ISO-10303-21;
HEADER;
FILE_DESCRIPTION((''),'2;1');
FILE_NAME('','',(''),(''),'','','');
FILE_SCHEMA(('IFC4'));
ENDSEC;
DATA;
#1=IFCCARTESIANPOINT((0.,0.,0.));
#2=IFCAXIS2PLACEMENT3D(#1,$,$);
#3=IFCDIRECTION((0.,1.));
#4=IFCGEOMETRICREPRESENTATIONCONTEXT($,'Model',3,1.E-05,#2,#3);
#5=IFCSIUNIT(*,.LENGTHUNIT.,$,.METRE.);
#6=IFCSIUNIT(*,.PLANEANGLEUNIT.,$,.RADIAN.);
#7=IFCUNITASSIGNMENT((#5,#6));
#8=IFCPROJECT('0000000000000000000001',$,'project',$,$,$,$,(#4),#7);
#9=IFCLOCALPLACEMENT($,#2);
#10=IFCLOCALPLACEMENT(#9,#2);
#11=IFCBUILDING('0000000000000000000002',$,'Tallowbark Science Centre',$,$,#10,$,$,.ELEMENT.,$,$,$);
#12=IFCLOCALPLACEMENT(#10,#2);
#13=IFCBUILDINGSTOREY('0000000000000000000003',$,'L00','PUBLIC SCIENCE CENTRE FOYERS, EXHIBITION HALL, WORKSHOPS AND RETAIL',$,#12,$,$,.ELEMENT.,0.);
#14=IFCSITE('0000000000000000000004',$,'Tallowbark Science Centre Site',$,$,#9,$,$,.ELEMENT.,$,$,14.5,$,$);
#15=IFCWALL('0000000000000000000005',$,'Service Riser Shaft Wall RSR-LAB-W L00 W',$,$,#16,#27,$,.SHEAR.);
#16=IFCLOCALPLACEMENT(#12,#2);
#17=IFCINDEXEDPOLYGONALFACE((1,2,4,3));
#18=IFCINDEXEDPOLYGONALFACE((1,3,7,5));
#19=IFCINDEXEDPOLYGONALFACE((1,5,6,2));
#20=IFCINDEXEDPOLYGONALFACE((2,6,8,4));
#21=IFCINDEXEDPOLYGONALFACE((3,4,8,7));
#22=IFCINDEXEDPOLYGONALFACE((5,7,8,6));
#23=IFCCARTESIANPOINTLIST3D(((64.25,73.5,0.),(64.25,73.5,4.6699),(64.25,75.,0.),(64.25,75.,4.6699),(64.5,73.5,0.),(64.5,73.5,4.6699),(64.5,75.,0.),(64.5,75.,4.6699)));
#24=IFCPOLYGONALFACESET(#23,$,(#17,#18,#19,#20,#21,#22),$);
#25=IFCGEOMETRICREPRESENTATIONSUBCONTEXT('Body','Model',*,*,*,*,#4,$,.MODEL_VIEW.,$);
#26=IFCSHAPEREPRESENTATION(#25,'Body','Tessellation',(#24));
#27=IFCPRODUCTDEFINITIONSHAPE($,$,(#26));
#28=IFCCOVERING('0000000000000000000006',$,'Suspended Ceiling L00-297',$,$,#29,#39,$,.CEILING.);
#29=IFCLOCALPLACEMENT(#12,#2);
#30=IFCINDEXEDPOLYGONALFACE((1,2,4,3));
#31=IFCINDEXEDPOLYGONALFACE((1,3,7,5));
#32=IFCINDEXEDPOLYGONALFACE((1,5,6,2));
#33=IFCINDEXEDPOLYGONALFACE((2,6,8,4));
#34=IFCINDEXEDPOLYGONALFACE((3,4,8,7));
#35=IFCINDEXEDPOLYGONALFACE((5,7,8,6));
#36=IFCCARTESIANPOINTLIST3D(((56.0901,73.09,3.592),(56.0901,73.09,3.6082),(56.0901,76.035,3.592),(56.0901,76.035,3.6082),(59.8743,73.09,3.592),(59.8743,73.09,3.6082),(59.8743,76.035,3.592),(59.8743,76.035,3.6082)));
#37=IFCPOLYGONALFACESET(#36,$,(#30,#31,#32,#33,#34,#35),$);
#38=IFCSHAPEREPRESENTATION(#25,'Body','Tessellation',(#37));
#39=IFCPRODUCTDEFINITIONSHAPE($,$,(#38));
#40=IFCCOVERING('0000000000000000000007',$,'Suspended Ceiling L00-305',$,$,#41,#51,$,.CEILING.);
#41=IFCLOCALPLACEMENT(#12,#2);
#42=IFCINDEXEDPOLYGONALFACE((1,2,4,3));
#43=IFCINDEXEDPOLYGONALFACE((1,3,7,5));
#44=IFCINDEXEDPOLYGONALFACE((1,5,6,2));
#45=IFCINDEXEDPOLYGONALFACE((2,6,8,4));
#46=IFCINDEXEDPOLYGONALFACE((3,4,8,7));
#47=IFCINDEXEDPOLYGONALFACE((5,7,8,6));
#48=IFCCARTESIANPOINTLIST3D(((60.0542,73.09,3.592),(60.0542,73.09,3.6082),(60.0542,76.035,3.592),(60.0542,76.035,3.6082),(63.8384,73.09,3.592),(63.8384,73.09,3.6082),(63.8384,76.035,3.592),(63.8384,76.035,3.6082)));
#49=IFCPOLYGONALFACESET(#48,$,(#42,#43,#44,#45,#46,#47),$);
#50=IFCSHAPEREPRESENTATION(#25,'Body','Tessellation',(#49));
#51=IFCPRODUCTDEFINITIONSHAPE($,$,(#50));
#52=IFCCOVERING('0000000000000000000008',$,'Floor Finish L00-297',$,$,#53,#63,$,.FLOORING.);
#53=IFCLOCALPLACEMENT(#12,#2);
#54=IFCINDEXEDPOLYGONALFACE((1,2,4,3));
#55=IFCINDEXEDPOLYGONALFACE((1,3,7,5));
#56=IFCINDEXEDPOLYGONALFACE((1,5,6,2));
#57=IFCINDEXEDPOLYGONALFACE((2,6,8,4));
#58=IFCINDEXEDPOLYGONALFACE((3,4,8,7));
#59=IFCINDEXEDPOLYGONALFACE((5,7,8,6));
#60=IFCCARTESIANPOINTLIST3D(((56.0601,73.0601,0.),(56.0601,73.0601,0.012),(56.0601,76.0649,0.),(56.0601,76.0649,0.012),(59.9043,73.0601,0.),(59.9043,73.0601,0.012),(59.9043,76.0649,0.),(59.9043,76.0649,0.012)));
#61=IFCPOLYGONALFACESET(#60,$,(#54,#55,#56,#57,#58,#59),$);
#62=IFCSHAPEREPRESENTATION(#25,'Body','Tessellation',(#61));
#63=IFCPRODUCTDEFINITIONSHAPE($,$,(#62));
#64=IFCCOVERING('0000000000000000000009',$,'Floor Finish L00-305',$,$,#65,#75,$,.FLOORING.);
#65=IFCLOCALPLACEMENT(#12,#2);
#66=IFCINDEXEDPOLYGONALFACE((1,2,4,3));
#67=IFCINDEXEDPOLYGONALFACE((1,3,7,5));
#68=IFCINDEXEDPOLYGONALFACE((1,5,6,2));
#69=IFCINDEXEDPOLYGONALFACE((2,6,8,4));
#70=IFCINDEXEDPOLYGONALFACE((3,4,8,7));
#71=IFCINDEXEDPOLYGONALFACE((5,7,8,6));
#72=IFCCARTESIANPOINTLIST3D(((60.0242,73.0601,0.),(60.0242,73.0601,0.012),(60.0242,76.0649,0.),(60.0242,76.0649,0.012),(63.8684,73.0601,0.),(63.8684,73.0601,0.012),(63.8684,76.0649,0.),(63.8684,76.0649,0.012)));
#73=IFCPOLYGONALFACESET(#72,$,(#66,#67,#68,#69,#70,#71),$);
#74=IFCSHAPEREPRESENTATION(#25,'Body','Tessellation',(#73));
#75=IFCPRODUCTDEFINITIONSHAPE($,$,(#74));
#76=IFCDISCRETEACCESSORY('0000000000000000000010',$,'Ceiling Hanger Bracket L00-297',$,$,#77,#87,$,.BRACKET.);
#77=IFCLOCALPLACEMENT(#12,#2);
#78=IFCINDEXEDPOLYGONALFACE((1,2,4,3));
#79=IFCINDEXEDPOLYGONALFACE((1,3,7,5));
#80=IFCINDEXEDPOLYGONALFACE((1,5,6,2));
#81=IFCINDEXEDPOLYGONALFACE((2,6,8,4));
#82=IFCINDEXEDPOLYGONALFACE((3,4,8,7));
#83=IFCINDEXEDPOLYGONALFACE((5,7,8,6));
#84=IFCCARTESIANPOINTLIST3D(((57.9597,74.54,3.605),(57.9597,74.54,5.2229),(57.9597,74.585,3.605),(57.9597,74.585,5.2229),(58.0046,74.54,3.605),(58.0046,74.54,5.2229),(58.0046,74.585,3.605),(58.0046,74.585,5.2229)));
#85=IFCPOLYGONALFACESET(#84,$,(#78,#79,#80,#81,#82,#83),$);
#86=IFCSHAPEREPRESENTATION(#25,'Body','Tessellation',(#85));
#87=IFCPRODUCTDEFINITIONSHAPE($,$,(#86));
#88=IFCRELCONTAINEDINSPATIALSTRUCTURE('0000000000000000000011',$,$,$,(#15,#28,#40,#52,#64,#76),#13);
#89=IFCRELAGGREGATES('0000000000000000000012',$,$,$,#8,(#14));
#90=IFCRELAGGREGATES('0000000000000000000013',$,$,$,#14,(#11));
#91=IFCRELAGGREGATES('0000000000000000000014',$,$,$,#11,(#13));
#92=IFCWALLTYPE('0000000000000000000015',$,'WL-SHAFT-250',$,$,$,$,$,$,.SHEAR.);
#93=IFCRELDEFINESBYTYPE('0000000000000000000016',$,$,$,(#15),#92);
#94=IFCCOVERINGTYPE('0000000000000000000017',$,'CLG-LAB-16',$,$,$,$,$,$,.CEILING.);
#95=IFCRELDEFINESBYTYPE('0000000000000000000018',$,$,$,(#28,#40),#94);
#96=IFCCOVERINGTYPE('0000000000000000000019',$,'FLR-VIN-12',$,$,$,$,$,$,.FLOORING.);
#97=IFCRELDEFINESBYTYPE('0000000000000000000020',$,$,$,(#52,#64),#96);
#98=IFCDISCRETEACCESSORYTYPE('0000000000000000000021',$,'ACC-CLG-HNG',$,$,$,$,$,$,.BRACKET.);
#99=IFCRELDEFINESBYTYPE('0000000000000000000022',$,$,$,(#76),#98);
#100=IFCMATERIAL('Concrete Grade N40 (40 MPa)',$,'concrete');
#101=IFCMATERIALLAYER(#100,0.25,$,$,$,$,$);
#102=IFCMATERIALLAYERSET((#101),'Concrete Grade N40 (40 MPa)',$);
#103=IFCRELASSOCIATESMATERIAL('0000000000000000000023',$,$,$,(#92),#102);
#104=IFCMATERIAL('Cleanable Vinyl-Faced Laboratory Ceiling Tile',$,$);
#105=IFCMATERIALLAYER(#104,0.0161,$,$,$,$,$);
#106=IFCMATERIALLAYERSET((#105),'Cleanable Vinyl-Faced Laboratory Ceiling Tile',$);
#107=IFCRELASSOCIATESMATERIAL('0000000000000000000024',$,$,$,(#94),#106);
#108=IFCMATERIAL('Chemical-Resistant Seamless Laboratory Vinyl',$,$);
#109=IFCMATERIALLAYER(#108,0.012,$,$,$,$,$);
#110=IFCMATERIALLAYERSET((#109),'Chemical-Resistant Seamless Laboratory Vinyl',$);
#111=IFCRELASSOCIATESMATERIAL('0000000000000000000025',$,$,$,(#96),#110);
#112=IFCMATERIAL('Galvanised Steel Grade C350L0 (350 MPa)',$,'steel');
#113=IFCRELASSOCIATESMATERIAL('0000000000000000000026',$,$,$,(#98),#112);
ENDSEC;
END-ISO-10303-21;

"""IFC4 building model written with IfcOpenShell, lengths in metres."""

from ifc_helpers import new_model, si_unit, direction, frame, frame_2d, origin, origin_2d, place, context, subcontext, project, spatial, rectangle, extrude, material, layer, layer_set, type_object, element, save


model = new_model("IFC4")

# Units and contexts
model_context = context("Model", 3, precision=1e-05, world=origin(), true_north=direction((0.0, 1.0)))
body_context = subcontext(model_context, "Body", "Model", "MODEL_VIEW")
ifc_project = project(units=[si_unit("LENGTHUNIT", "METRE"), si_unit("PLANEANGLEUNIT", "RADIAN")], contexts=[model_context])

# Site, building, storey
site_placement = place(None, origin())
site = spatial("IfcSite", under=ifc_project, at=site_placement, Name="Tallowbark Science Centre Site", CompositionType="ELEMENT", RefElevation=14.5)
building_placement = place(site_placement, origin())
building = spatial("IfcBuilding", under=site, at=building_placement, Name="Tallowbark Science Centre", CompositionType="ELEMENT")
storey_placement = place(building_placement, origin())
storey = spatial("IfcBuildingStorey", under=building, at=storey_placement, Name="L00", Description="PUBLIC SCIENCE CENTRE FOYERS, EXHIBITION HALL, WORKSHOPS AND RETAIL", CompositionType="ELEMENT", Elevation=0.0)

# Shared definitions
ifc_material_1 = material(Name="Concrete Grade N40 (40 MPa)", Category="concrete")

# Wall
ifc_layer_1 = layer(ifc_material_1, 0.25)
ifc_layer_set_1 = layer_set([ifc_layer_1], Name="Concrete Grade N40 (40 MPa)")
wall_type_1 = type_object("IfcWallType", Name="WL-SHAFT-250", PredefinedType="SHEAR", material=ifc_layer_set_1)
wall_1_placement = place(storey_placement, frame((64.375, 73.5, 0.0), z_axis=(0.0, 0.0, 1.0), x_axis=(0.0, 1.0, 0.0)))
element("IfcWall", 1, at=wall_1_placement, inside=storey, type_object=wall_type_1, Name="Service Riser Shaft Wall RSR-LAB-W L00 W", PredefinedType="SHEAR", context=body_context, shape_type="SweptSolid", body=[
    extrude(rectangle(XDim=1.5, YDim=0.25, at=frame_2d((0.75, 0.0))), origin(), (0.0, 0.0, 1.0), 4.6699),
])

# Coverings
ifc_material_2 = material(Name="Cleanable Vinyl-Faced Laboratory Ceiling Tile")
ifc_layer_2 = layer(ifc_material_2, 0.0161)
ifc_layer_set_2 = layer_set([ifc_layer_2], Name="Cleanable Vinyl-Faced Laboratory Ceiling Tile")
covering_type_1 = type_object("IfcCoveringType", Name="CLG-LAB-16", PredefinedType="CEILING", material=ifc_layer_set_2)
for number, where, z_axis, x_axis, name in (
    (2, (57.9822, 74.5625, 3.592), (0.0, 0.0, 1.0), (1.0, 0.0, 0.0), "Suspended Ceiling L00-297"),
    (3, (61.9463, 74.5625, 3.592), (0.0, 0.0, 1.0), (1.0, 0.0, 0.0), "Suspended Ceiling L00-305"),
):
    element("IfcCovering", number, at=place(storey_placement, frame(where, z_axis=z_axis, x_axis=x_axis)), inside=storey, type_object=covering_type_1, Name=name, PredefinedType="CEILING", context=body_context, shape_type="SweptSolid", body=[
        extrude(rectangle(XDim=3.7842, YDim=2.9451, at=origin_2d()), origin(), (0.0, 0.0, 1.0), 0.0161),
    ])
ifc_material_3 = material(Name="Chemical-Resistant Seamless Laboratory Vinyl")
ifc_layer_3 = layer(ifc_material_3, 0.012)
ifc_layer_set_3 = layer_set([ifc_layer_3], Name="Chemical-Resistant Seamless Laboratory Vinyl")
covering_type_2 = type_object("IfcCoveringType", Name="FLR-VIN-12", PredefinedType="FLOORING", material=ifc_layer_set_3)
for number, where, z_axis, x_axis, name in (
    (4, (57.9822, 74.5625, 0.0), (0.0, 0.0, 1.0), (1.0, 0.0, 0.0), "Floor Finish L00-297"),
    (5, (61.9463, 74.5625, 0.0), (0.0, 0.0, 1.0), (1.0, 0.0, 0.0), "Floor Finish L00-305"),
):
    element("IfcCovering", number, at=place(storey_placement, frame(where, z_axis=z_axis, x_axis=x_axis)), inside=storey, type_object=covering_type_2, Name=name, PredefinedType="FLOORING", context=body_context, shape_type="SweptSolid", body=[
        extrude(rectangle(XDim=3.8442, YDim=3.0049, at=origin_2d()), origin(), (0.0, 0.0, 1.0), 0.012),
    ])

# Discrete accessory
ifc_material_4 = material(Name="Galvanised Steel Grade C350L0 (350 MPa)", Category="steel")
discrete_accessory_type = type_object("IfcDiscreteAccessoryType", Name="ACC-CLG-HNG", PredefinedType="BRACKET", material=ifc_material_4)
discrete_accessory_placement = place(storey_placement, frame((57.9822, 74.5625, 3.605), z_axis=(0.0, 0.0, 1.0), x_axis=(1.0, 0.0, 0.0)))
element("IfcDiscreteAccessory", 6, at=discrete_accessory_placement, inside=storey, type_object=discrete_accessory_type, Name="Ceiling Hanger Bracket L00-297", PredefinedType="BRACKET", context=body_context, shape_type="SweptSolid", body=[
    extrude(rectangle(XDim=0.0449, YDim=0.0449, at=origin_2d()), origin(), (0.0, 0.0, 1.0), 1.6179),
])

save(model, "model.ifc")
